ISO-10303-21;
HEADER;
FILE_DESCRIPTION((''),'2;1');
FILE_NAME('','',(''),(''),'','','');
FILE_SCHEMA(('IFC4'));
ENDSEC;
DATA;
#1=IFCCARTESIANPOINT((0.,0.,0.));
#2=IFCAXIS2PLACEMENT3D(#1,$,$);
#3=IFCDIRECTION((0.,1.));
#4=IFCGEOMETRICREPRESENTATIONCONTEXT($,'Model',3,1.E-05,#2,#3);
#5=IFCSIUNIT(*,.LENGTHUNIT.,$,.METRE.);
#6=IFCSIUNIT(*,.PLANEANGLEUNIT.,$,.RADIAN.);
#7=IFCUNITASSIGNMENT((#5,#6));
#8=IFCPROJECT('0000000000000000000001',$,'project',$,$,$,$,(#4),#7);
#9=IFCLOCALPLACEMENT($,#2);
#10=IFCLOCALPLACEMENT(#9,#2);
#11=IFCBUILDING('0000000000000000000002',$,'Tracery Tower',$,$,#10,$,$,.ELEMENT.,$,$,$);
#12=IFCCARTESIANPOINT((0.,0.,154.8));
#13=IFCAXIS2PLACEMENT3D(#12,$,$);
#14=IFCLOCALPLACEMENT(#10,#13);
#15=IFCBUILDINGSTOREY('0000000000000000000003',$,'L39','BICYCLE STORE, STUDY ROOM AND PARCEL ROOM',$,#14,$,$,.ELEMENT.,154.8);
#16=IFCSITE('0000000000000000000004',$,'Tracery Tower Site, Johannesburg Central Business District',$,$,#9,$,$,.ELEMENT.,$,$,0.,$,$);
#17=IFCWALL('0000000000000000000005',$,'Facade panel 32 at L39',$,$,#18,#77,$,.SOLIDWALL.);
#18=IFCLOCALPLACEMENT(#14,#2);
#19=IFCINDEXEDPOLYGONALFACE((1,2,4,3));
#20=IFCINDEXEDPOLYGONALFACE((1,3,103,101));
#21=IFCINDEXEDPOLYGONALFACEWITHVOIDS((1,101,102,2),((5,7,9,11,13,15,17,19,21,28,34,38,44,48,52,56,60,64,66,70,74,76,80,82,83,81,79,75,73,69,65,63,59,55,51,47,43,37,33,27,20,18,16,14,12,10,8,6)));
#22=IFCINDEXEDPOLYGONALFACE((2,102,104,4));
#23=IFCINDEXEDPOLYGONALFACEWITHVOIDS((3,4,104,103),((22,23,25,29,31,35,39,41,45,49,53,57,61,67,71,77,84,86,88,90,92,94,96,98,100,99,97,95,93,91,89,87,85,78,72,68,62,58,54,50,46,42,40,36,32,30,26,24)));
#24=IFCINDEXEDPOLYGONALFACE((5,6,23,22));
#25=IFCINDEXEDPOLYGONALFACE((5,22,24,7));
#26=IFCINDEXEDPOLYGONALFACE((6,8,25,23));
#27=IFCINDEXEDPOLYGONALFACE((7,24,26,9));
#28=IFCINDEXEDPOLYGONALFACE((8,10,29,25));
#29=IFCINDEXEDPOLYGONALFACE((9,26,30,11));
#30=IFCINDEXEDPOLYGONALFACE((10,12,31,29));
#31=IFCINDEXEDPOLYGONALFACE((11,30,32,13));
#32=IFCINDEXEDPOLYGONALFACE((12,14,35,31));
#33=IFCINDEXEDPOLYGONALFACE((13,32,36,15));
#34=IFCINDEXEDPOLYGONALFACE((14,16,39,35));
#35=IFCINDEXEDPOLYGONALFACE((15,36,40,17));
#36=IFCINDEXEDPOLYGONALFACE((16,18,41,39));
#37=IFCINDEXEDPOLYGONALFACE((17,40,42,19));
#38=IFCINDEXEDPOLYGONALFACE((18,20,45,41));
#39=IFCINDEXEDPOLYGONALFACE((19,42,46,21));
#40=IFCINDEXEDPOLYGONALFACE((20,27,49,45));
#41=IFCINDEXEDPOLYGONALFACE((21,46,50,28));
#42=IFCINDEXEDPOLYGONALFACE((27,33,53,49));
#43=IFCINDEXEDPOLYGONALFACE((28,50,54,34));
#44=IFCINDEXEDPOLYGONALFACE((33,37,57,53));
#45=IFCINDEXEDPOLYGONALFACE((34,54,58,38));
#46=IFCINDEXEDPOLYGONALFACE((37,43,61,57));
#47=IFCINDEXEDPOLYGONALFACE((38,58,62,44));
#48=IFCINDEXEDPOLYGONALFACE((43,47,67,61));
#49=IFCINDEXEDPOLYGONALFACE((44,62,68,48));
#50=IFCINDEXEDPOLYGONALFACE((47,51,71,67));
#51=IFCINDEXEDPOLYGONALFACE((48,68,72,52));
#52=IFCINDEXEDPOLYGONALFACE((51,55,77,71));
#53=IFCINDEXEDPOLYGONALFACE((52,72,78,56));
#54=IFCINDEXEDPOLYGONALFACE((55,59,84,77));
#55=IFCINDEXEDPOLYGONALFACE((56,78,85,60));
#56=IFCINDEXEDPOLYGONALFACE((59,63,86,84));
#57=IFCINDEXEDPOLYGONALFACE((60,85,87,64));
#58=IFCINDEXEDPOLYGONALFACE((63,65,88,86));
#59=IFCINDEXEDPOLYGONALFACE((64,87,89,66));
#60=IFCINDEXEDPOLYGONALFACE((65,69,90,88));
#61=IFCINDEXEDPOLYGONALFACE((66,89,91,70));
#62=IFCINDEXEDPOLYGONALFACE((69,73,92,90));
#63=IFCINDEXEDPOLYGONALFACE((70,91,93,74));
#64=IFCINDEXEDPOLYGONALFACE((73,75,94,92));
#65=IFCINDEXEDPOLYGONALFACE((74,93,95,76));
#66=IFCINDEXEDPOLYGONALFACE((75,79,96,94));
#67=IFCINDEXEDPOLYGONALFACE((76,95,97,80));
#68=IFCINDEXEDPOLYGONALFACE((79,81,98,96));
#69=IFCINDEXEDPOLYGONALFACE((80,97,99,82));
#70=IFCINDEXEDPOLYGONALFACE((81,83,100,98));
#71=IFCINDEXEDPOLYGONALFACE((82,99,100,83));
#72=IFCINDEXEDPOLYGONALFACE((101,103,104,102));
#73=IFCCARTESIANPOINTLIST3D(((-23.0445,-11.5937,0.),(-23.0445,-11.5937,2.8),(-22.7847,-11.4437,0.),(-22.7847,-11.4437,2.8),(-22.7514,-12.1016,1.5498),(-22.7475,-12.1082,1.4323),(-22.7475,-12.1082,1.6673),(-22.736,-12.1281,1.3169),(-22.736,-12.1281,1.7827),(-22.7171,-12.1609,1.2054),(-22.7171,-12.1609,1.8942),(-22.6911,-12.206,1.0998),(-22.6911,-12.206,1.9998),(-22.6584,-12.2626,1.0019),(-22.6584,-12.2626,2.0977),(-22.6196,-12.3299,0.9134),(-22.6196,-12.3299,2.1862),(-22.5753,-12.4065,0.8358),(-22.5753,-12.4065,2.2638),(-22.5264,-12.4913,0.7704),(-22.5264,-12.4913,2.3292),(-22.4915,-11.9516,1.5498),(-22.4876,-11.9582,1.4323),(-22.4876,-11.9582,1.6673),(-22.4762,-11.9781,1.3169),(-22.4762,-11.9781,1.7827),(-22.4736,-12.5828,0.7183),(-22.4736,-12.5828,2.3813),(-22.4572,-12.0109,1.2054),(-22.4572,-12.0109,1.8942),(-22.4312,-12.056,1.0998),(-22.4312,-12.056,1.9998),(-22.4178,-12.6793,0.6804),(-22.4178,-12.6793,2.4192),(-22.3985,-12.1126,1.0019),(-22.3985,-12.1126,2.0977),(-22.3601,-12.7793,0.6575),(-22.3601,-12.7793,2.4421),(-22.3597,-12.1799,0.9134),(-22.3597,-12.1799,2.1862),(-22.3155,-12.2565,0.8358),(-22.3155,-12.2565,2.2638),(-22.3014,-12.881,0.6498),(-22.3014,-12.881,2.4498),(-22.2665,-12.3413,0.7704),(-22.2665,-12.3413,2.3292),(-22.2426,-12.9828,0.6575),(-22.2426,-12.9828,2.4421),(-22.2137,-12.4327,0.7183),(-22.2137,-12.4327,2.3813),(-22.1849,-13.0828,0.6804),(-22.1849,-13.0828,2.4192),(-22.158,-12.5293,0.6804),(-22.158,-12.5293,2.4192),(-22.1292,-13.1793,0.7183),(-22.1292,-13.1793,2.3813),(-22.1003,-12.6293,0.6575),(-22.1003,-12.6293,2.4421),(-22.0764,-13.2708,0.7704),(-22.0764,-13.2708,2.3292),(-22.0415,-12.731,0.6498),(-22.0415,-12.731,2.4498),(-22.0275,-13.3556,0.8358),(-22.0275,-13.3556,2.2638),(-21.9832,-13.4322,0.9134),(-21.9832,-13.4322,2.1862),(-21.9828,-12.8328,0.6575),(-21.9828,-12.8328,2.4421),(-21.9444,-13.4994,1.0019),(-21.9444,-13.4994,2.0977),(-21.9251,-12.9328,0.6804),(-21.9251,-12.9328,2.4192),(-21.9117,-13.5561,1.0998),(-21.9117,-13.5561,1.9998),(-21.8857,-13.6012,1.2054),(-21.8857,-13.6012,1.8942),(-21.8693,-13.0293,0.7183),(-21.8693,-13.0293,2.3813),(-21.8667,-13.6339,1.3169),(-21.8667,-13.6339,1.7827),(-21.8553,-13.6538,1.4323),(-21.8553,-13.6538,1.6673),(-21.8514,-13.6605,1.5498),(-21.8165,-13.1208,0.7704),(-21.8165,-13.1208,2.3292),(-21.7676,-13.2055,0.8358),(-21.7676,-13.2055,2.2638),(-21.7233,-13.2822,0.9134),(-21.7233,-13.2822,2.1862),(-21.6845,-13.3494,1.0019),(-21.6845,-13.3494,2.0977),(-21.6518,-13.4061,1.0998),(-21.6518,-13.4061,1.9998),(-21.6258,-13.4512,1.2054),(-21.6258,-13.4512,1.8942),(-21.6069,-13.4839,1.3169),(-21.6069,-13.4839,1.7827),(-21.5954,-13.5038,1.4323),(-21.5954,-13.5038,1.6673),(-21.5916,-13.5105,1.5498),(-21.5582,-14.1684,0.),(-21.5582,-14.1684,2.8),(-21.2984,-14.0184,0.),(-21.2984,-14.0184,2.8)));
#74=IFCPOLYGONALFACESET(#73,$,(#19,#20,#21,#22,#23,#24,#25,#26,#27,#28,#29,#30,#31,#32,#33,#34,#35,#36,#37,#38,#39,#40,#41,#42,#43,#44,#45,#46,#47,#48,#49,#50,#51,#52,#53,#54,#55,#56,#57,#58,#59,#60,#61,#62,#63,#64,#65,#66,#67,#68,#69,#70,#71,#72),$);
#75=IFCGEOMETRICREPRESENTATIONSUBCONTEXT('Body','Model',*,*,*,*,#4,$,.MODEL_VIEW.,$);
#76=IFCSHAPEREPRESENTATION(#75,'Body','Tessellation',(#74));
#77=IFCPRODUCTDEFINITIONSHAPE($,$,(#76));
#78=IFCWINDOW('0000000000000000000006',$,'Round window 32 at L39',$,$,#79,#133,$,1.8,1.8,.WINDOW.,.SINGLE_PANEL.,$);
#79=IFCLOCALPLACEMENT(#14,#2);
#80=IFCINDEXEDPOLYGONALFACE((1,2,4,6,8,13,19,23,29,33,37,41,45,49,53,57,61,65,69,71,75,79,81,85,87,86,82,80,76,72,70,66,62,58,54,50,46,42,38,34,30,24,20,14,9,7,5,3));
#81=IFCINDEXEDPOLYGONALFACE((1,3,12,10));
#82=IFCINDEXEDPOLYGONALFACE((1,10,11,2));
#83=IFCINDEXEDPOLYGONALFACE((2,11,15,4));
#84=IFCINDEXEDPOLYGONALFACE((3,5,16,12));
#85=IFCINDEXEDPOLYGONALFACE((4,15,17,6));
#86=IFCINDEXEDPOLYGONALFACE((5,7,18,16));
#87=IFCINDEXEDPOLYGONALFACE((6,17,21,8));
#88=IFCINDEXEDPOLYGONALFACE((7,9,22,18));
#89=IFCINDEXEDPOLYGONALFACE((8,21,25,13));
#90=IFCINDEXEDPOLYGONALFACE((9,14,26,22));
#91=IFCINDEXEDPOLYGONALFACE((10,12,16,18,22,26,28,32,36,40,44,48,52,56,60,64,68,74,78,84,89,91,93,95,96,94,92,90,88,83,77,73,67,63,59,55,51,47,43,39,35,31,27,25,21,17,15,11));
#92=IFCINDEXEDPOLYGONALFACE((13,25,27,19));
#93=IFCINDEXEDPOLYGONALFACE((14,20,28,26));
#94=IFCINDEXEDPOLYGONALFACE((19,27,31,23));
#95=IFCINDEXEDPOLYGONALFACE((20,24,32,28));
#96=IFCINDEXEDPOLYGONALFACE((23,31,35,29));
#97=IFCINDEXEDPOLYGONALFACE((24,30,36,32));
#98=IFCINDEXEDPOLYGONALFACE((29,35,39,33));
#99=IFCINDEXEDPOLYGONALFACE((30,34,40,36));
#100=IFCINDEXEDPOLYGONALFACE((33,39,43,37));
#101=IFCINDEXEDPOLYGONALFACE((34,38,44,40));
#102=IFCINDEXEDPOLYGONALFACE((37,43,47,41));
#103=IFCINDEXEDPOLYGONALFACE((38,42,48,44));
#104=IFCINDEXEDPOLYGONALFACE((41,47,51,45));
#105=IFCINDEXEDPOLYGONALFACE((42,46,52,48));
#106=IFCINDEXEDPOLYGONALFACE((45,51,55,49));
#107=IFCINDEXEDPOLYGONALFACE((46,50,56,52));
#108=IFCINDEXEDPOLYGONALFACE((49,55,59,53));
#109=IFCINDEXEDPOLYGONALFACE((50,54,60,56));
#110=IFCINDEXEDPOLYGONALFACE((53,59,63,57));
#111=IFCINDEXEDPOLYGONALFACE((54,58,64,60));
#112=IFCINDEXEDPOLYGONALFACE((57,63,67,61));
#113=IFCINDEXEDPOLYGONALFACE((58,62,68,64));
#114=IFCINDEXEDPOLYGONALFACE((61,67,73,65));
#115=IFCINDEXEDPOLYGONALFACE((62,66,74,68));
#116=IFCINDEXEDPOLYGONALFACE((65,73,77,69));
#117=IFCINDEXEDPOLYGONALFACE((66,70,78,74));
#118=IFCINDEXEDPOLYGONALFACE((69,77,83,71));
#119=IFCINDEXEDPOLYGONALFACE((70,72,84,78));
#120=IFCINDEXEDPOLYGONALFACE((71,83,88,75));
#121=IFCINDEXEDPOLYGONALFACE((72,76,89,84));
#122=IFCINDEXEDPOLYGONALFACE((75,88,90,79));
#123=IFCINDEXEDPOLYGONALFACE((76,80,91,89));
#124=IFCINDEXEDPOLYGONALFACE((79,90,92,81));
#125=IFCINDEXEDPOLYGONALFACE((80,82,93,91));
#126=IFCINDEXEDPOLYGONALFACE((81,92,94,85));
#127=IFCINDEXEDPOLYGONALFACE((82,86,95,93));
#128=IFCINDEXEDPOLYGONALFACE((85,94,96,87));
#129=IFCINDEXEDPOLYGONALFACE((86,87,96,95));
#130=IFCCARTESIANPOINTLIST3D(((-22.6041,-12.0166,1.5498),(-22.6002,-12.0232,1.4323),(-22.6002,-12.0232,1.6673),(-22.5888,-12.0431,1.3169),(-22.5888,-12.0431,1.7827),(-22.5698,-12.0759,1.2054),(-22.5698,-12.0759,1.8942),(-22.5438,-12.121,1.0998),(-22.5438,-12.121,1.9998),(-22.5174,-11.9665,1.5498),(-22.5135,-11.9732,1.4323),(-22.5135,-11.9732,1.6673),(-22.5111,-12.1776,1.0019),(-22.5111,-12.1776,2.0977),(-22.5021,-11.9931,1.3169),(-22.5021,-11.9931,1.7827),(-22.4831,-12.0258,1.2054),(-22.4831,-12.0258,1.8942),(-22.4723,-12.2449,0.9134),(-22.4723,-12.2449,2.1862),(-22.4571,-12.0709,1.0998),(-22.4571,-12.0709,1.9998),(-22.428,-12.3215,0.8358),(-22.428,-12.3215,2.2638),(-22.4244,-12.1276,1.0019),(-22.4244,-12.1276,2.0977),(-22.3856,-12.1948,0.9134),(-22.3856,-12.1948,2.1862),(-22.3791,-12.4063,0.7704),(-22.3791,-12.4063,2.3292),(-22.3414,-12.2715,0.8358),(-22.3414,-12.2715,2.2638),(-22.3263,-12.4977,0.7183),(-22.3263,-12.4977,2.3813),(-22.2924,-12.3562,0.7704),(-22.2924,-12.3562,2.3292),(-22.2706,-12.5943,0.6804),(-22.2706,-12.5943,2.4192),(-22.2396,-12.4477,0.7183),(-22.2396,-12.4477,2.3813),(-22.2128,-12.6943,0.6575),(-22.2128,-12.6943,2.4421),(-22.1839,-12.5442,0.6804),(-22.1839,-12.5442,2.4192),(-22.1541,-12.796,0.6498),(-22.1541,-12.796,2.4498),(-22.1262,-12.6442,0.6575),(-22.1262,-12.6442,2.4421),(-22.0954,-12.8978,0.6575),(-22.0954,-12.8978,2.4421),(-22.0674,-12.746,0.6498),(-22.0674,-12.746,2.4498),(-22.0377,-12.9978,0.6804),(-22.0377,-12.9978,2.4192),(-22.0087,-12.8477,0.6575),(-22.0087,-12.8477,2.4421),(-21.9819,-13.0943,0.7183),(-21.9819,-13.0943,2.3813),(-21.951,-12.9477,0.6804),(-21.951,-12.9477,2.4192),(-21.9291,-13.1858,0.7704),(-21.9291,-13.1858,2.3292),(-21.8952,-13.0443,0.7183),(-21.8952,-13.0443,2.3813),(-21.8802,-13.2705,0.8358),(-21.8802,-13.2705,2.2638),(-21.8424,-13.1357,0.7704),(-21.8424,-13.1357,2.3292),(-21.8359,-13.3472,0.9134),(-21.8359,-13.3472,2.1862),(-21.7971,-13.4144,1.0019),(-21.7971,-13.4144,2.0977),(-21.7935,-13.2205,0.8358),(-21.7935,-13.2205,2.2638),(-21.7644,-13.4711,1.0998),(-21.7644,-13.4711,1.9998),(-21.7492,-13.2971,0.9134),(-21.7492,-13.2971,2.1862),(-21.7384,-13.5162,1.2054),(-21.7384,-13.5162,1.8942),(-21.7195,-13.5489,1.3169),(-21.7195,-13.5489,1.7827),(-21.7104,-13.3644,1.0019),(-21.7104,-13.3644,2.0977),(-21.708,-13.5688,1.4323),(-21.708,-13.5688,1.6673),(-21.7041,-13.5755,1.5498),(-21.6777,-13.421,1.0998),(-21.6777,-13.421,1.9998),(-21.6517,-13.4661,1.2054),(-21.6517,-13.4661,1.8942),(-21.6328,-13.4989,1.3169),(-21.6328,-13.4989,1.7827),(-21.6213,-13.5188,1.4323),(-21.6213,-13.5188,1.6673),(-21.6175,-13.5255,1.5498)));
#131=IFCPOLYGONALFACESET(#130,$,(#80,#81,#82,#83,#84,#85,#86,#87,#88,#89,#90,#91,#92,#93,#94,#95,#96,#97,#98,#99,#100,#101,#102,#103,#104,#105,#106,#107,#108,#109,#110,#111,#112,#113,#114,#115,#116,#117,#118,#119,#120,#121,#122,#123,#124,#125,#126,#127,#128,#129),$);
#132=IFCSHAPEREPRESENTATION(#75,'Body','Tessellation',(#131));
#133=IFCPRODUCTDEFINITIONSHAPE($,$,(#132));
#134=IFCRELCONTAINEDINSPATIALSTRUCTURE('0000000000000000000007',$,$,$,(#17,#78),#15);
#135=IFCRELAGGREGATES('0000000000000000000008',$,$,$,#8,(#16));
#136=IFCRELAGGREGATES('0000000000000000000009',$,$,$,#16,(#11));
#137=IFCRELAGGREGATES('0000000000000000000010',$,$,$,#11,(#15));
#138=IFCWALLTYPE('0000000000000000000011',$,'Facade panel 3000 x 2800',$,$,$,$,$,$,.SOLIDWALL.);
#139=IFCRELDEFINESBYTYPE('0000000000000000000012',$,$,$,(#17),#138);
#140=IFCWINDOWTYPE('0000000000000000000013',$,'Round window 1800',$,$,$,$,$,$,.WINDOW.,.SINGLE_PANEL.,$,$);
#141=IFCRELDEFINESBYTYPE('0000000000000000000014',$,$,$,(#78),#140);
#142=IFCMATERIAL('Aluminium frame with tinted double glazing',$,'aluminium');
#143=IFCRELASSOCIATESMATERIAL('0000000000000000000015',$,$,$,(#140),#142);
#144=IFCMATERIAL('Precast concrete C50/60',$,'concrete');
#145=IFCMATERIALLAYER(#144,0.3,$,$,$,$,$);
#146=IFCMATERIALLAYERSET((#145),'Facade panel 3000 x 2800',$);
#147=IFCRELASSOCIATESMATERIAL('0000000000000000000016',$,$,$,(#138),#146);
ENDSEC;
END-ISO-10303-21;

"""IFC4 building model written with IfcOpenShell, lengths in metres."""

from ifc_helpers import new_model, si_unit, direction, frame, frame_2d, origin, origin_2d, place, context, subcontext, project, spatial, rectangle, circle, extrude, material, layer, layer_set, type_object, element, fill, save


model = new_model("IFC4")

# Units and contexts
model_context = context("Model", 3, precision=1e-05, world=origin(), true_north=direction((0.0, 1.0)))
body_context = subcontext(model_context, "Body", "Model", "MODEL_VIEW")
ifc_project = project(units=[si_unit("LENGTHUNIT", "METRE"), si_unit("PLANEANGLEUNIT", "RADIAN")], contexts=[model_context])

# Site, building, storey
site_placement = place(None, origin())
site = spatial("IfcSite", under=ifc_project, at=site_placement, Name="Tracery Tower Site, Johannesburg Central Business District", CompositionType="ELEMENT", RefElevation=0.0)
building_placement = place(site_placement, origin())
building = spatial("IfcBuilding", under=site, at=building_placement, Name="Tracery Tower", CompositionType="ELEMENT")
storey_placement = place(building_placement, frame((0.0, 0.0, 154.8)))
storey = spatial("IfcBuildingStorey", under=building, at=storey_placement, Name="L39", Description="BICYCLE STORE, STUDY ROOM AND PARCEL ROOM", CompositionType="ELEMENT", Elevation=154.8)

# Wall, opening, window
ifc_material_1 = material(Name="Aluminium frame with tinted double glazing", Category="aluminium")
window_type = type_object("IfcWindowType", Name="Round window 1800", PartitioningType="SINGLE_PANEL", PredefinedType="WINDOW", material=ifc_material_1)
ifc_material_2 = material(Name="Precast concrete C50/60", Category="concrete")
ifc_layer_1 = layer(ifc_material_2, 0.3)
ifc_layer_set_1 = layer_set([ifc_layer_1], Name="Facade panel 3000 x 2800")
wall_type_1 = type_object("IfcWallType", Name="Facade panel 3000 x 2800", PredefinedType="SOLIDWALL", material=ifc_layer_set_1)
wall_1_placement = place(storey_placement, frame((-22.9146, -11.5188, 0.0), z_axis=(0.0, 0.0, 1.0), x_axis=(0.499955, -0.866052, 0.0)))
wall_1 = element("IfcWall", 1, at=wall_1_placement, inside=storey, type_object=wall_type_1, Name="Facade panel 32 at L39", PredefinedType="SOLIDWALL", context=body_context, shape_type="SweptSolid", body=[
    extrude(rectangle(XDim=2.9729, YDim=0.3, at=frame_2d((1.4863, 0.0))), origin(), (0.0, 0.0, 1.0), 2.8),
])
opening_1_placement = place(wall_1_placement, frame((1.4863, 0.0, 1.5498)))
opening_1 = element("IfcOpeningElement", 2, at=opening_1_placement, cuts=wall_1, PredefinedType="OPENING", context=body_context, shape_type="SweptSolid", body=[
    extrude(circle(Radius=0.9, at=origin_2d()), frame((0.0, 0.1599, 0.0), z_axis=(0.0, -1.0, 0.0), x_axis=(1.0, 0.0, 0.0)), (0.0, 0.0, 1.0), 0.3201),
])
window_1_placement = place(opening_1_placement, origin())
window_1 = element("IfcWindow", 3, at=window_1_placement, inside=storey, type_object=window_type, Name="Round window 32 at L39", OverallHeight=1.8, OverallWidth=1.8, PartitioningType="SINGLE_PANEL", PredefinedType="WINDOW", context=body_context, shape_type="SweptSolid", body=[
    extrude(circle(Radius=0.9, at=origin_2d()), frame((0.0, 0.1201, 0.0), z_axis=(0.0, -1.0, 0.0), x_axis=(1.0, 0.0, 0.0)), (0.0, 0.0, 1.0), 0.1001),
])
fill(opening_1, window_1)

save(model, "model.ifc")
